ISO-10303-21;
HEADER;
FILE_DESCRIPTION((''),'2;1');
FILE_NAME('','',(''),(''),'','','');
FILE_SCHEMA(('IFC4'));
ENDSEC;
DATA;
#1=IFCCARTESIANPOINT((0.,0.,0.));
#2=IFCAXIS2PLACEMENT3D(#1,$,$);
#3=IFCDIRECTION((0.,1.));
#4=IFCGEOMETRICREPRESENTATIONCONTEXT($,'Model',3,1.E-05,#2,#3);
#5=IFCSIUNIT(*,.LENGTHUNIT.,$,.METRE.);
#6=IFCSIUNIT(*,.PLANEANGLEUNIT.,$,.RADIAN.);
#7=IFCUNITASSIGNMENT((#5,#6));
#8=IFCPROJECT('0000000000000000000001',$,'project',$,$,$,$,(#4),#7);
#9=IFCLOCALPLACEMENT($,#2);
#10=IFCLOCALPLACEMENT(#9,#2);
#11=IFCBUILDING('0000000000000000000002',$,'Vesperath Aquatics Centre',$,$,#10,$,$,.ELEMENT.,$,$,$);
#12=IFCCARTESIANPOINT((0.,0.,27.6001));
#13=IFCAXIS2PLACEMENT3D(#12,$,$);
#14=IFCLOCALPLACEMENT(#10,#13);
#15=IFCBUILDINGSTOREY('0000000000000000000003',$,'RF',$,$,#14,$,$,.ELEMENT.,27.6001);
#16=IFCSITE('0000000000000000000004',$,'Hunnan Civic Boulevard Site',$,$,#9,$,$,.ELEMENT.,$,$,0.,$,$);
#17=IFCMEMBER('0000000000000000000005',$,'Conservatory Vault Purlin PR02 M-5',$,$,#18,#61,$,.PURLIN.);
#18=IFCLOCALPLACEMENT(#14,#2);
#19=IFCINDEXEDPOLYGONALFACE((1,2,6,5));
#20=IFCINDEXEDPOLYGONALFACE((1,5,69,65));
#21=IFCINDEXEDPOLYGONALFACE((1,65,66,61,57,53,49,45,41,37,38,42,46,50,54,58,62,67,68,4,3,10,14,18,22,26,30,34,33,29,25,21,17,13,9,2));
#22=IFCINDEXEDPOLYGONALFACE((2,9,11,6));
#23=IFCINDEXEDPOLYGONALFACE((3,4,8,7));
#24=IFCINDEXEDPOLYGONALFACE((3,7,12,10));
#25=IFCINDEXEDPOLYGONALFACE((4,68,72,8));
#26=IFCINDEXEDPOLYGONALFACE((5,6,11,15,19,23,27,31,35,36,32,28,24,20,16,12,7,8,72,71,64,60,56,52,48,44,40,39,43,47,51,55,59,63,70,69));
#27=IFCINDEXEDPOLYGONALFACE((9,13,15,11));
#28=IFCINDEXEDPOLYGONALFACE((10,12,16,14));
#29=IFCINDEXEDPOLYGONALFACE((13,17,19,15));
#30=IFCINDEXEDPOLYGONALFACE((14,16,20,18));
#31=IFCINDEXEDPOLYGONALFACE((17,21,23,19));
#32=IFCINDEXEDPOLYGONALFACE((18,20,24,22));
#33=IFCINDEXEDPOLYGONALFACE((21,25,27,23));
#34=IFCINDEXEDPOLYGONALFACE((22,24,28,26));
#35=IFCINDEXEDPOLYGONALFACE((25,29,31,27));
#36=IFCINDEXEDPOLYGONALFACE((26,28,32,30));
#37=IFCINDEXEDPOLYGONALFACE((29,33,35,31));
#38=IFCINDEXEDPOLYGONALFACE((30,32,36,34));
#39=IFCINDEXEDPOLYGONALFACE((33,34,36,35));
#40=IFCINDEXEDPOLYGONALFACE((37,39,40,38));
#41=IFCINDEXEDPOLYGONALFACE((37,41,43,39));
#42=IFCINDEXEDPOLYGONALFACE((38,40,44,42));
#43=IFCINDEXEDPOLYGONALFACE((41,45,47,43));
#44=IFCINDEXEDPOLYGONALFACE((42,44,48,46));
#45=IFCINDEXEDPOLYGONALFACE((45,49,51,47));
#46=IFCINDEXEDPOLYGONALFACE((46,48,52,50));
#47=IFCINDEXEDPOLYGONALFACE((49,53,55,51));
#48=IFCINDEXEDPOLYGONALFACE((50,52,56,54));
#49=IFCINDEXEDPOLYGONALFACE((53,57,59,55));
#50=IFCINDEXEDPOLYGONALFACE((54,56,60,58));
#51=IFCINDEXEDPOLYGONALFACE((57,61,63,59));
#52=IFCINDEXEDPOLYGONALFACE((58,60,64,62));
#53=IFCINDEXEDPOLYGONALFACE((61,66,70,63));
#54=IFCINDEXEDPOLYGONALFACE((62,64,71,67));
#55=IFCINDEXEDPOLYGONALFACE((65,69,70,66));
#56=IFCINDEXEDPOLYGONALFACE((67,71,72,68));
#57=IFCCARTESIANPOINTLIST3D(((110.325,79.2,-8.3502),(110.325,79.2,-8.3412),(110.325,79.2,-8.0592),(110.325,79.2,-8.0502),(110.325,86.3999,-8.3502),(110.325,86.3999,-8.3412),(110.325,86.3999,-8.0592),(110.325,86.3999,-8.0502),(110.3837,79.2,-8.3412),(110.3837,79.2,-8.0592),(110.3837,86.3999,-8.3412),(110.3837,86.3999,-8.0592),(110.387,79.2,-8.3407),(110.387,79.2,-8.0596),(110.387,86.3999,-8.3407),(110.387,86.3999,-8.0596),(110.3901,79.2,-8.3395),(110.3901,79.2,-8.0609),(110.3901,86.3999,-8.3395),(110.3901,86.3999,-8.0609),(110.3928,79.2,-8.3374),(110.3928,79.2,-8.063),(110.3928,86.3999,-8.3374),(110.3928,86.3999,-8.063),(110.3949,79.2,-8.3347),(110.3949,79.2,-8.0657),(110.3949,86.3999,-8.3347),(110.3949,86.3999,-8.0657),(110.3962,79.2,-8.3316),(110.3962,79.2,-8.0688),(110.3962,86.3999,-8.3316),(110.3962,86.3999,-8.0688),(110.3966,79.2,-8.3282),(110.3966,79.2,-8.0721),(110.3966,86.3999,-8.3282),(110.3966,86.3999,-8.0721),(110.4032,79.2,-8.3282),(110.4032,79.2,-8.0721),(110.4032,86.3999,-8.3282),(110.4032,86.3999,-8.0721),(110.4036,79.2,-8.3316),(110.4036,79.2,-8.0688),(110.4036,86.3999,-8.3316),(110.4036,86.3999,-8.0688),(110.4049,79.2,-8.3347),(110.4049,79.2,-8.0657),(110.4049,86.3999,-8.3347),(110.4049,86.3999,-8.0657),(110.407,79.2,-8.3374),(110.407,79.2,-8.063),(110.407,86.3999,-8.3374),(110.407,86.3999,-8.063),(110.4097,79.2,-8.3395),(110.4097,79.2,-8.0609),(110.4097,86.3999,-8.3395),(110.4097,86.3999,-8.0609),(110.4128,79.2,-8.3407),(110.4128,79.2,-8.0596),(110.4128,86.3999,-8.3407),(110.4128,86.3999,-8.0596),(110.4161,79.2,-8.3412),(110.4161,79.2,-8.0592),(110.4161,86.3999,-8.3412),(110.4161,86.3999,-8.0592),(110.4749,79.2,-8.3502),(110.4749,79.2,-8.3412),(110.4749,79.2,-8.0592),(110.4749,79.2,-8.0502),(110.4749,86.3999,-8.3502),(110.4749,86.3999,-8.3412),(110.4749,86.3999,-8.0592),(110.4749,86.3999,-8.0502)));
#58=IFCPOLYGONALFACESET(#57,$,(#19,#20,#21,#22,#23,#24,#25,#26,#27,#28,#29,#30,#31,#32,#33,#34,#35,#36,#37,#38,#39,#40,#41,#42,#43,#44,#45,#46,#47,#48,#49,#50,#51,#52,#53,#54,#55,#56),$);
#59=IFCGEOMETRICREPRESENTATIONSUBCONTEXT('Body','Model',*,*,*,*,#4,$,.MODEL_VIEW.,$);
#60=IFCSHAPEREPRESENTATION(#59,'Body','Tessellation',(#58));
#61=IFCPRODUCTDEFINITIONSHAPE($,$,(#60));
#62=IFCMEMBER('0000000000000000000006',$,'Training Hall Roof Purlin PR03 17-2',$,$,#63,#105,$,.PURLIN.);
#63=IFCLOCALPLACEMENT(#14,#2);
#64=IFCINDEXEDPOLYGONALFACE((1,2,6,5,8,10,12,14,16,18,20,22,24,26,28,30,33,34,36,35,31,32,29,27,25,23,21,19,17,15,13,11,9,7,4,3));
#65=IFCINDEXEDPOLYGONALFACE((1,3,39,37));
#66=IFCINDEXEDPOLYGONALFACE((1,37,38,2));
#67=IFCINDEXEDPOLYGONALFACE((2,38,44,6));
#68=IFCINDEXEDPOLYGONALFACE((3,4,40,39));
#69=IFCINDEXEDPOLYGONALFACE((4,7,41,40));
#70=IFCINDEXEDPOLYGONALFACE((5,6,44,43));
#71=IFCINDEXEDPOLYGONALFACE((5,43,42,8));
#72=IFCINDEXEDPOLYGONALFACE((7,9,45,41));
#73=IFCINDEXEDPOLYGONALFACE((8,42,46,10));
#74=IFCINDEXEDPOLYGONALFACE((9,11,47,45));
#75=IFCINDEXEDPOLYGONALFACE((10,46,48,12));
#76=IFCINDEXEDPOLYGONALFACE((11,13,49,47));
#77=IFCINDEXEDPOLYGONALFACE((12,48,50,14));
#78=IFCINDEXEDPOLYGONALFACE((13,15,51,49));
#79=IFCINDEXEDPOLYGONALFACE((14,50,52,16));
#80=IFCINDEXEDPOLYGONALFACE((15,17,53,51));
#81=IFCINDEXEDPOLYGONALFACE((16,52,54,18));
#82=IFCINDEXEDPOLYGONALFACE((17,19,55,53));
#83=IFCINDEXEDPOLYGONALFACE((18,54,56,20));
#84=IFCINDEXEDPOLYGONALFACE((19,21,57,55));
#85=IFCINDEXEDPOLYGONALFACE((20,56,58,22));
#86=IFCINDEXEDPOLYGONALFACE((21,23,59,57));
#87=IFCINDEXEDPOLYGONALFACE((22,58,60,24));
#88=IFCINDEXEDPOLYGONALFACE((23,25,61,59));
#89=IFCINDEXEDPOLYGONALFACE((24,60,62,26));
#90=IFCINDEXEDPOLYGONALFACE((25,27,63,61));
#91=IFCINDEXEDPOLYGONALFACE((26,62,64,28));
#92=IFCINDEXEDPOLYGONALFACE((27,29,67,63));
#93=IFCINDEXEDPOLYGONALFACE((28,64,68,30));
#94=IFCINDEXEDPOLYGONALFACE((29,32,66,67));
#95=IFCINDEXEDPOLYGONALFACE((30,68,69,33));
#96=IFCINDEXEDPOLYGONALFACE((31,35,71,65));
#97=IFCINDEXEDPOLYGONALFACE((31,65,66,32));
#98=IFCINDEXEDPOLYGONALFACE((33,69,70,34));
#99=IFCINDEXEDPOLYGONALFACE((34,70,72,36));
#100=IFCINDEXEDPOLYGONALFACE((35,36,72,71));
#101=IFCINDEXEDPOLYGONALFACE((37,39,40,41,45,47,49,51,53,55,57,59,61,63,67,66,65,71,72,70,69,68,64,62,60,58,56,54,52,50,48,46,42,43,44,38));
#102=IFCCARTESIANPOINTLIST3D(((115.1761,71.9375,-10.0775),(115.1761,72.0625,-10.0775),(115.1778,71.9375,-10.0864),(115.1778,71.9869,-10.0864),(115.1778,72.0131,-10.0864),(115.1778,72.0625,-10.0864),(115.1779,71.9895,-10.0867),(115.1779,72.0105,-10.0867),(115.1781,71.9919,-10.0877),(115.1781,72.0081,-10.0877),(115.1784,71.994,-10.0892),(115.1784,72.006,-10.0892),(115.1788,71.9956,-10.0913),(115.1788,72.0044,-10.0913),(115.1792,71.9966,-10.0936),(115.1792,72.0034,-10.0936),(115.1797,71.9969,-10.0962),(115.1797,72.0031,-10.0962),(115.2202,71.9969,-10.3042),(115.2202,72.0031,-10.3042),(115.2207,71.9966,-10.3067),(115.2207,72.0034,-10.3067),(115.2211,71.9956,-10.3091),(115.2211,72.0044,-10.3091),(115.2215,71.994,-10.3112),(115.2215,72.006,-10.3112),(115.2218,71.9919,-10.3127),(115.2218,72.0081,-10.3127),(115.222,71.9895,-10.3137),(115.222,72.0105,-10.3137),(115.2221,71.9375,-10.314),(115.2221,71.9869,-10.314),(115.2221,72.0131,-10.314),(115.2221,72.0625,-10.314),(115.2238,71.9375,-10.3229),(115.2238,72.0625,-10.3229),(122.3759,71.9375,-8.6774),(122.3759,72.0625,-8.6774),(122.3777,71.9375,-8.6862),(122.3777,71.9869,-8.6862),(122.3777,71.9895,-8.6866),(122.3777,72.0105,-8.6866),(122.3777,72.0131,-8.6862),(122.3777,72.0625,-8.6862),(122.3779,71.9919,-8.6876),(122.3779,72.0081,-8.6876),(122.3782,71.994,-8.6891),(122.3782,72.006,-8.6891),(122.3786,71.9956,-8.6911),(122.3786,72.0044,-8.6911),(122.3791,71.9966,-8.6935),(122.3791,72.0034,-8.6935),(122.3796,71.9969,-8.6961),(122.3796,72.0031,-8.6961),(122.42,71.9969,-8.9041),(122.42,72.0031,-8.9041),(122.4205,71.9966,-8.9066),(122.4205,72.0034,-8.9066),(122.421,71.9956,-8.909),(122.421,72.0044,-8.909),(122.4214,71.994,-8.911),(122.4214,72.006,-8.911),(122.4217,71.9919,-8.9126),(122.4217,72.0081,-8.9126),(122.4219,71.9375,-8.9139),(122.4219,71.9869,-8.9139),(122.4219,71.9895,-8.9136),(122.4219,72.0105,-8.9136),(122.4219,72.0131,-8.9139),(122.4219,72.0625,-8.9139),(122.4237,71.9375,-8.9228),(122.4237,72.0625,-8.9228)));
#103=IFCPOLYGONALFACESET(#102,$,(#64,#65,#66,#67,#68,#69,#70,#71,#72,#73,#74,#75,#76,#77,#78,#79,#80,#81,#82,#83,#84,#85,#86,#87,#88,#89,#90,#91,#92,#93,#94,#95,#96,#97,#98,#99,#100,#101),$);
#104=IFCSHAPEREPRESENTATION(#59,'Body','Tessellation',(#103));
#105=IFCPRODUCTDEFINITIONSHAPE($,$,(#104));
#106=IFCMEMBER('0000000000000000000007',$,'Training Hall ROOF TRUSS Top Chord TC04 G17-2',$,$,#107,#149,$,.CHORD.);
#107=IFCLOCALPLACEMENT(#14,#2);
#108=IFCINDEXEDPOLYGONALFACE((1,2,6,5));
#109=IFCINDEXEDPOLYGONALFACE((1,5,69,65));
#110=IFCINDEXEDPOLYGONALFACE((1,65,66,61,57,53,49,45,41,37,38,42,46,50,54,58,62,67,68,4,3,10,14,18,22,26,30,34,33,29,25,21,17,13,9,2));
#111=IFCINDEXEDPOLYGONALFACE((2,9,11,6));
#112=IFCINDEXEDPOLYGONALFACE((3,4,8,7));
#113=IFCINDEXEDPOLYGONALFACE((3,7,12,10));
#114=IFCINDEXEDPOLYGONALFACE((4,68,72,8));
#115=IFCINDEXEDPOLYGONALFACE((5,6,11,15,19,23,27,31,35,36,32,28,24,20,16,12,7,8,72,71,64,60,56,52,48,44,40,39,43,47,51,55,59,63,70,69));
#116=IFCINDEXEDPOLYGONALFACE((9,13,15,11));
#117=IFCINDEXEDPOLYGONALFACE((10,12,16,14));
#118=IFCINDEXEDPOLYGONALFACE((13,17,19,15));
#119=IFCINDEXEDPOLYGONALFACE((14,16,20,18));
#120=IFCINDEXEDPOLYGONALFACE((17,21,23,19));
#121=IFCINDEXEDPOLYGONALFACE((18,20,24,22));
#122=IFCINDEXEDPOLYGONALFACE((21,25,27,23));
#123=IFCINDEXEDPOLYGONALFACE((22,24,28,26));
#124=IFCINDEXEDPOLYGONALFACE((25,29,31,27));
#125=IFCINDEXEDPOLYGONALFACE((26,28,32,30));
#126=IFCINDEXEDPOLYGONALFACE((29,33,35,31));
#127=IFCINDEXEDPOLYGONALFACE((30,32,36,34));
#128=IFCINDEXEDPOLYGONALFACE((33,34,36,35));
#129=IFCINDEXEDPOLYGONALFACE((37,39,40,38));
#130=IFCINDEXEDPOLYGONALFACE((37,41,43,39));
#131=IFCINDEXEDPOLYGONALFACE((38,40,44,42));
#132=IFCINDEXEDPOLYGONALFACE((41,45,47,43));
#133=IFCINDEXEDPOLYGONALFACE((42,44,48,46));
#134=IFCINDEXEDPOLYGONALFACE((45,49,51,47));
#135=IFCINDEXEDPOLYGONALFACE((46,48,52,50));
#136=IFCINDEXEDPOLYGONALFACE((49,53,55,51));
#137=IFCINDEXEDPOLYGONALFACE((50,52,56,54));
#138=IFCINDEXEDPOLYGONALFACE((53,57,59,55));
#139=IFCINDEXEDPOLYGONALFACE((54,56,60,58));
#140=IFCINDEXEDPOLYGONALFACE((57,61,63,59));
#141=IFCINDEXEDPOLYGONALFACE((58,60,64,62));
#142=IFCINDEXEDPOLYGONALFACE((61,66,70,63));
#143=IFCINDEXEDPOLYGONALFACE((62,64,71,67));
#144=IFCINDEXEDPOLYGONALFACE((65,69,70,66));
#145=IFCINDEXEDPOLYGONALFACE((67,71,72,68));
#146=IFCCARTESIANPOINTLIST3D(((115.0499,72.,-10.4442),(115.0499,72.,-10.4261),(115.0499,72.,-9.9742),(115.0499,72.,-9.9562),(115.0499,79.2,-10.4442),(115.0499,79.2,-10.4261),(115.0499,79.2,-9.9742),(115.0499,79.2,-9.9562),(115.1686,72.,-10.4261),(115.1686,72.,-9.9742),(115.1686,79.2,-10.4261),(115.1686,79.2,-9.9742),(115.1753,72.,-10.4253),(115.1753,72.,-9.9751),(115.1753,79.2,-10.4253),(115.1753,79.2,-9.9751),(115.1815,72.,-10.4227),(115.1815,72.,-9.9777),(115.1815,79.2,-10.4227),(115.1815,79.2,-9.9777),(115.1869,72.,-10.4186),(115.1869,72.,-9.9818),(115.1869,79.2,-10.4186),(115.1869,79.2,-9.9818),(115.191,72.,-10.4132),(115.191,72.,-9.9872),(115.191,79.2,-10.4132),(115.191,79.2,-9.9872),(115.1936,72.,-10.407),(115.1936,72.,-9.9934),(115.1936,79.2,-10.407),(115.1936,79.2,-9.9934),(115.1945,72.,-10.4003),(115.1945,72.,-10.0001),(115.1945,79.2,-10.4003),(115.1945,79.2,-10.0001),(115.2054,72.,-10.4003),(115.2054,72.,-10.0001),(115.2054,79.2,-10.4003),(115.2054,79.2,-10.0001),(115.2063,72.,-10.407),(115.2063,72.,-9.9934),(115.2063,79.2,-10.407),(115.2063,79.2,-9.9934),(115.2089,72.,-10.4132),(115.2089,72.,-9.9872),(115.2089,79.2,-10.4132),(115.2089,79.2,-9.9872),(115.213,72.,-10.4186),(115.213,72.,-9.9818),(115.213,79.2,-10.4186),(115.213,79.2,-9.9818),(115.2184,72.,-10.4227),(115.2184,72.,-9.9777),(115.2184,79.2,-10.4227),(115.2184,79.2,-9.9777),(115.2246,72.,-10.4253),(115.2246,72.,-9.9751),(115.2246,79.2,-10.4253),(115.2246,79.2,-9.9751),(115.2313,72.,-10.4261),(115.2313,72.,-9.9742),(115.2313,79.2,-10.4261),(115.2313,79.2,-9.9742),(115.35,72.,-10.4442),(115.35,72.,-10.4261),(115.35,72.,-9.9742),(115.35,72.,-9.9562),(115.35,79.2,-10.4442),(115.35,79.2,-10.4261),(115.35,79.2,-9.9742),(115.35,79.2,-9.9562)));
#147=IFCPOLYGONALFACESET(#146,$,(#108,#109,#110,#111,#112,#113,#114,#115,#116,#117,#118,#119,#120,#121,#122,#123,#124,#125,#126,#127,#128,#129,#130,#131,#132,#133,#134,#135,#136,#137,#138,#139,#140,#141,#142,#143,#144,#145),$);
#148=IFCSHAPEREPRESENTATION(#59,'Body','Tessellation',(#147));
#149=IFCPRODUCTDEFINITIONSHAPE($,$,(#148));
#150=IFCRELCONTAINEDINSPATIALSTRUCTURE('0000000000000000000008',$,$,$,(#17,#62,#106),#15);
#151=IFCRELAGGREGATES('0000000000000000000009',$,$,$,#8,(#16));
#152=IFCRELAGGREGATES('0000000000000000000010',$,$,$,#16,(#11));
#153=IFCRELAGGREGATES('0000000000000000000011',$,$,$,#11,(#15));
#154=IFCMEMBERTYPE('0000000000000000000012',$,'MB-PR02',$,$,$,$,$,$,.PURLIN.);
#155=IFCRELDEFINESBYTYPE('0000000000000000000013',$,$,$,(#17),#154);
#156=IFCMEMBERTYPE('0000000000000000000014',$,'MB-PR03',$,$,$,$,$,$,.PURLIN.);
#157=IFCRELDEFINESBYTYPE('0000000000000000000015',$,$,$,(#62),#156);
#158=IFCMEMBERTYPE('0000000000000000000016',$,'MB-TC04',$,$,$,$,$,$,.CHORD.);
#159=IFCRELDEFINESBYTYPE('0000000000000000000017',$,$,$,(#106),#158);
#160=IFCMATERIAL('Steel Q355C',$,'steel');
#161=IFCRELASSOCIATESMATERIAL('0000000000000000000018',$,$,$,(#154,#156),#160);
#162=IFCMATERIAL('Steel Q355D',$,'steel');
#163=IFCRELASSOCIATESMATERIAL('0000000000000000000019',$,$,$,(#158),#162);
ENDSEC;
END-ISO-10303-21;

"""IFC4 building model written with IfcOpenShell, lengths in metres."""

from ifc_helpers import new_model, si_unit, direction, frame, origin, origin_2d, place, context, subcontext, project, spatial, i_section, extrude, material, material_profile, profile_set, type_object, element, save


model = new_model("IFC4")

# Units and contexts
model_context = context("Model", 3, precision=1e-05, world=origin(), true_north=direction((0.0, 1.0)))
body_context = subcontext(model_context, "Body", "Model", "MODEL_VIEW")
ifc_project = project(units=[si_unit("LENGTHUNIT", "METRE"), si_unit("PLANEANGLEUNIT", "RADIAN")], contexts=[model_context])

# Site, building, storey
site_placement = place(None, origin())
site = spatial("IfcSite", under=ifc_project, at=site_placement, Name="Hunnan Civic Boulevard Site", CompositionType="ELEMENT", RefElevation=0.0)
building_placement = place(site_placement, origin())
building = spatial("IfcBuilding", under=site, at=building_placement, Name="Vesperath Aquatics Centre", CompositionType="ELEMENT")
storey_placement = place(building_placement, frame((0.0, 0.0, 27.6001)))
storey = spatial("IfcBuildingStorey", under=building, at=storey_placement, Name="RF", CompositionType="ELEMENT", Elevation=27.6001)

# Shared definitions
ifc_material_1 = material(Name="Steel Q355C", Category="steel")

# Members
ifc_material_2 = material(Name="Steel Q355D", Category="steel")
ifc_material_profile_1 = material_profile(ifc_material_1, i_section(OverallWidth=0.1499, OverallDepth=0.3, WebThickness=0.0066, FlangeThickness=0.009, FilletRadius=0.0129, at=origin_2d()), Name="HN 300x150x6.5x9")
ifc_profile_set_1 = profile_set([ifc_material_profile_1], Name="Steel Q355C")
member_type_1 = type_object("IfcMemberType", Name="MB-PR02", PredefinedType="PURLIN", material=ifc_profile_set_1)
for number, where, z_axis, x_axis, name in (
    (1, (110.3999, 79.2, -8.2002), (0.0, 1.0, 0.0), (-1.0, 0.0, 0.0), "Conservatory Vault Purlin PR02 M-5"),
):
    element("IfcMember", number, at=place(storey_placement, frame(where, z_axis=z_axis, x_axis=x_axis)), inside=storey, type_object=member_type_1, Name=name, PredefinedType="PURLIN", context=body_context, shape_type="SweptSolid", body=[
        extrude(i_section(OverallWidth=0.1499, OverallDepth=0.3, WebThickness=0.0066, FlangeThickness=0.009, FilletRadius=0.0129, at=origin_2d()), origin(), (0.0, 0.0, 1.0), 7.2),
    ])
ifc_material_profile_2 = material_profile(ifc_material_1, i_section(OverallWidth=0.125, OverallDepth=0.25, WebThickness=0.0061, FlangeThickness=0.009, FilletRadius=0.01, at=origin_2d()), Name="HN 250x125x6x9")
ifc_profile_set_2 = profile_set([ifc_material_profile_2], Name="Steel Q355C")
member_type_2 = type_object("IfcMemberType", Name="MB-PR03", PredefinedType="PURLIN", material=ifc_profile_set_2)
member_1_placement = place(storey_placement, frame((115.2, 72.0, -10.2002), z_axis=(0.981611, 0.0, 0.19089), x_axis=(0.0, 1.0, 0.0)))
element("IfcMember", 2, at=member_1_placement, inside=storey, type_object=member_type_2, Name="Training Hall Roof Purlin PR03 17-2", PredefinedType="PURLIN", context=body_context, shape_type="SweptSolid", body=[
    extrude(i_section(OverallWidth=0.125, OverallDepth=0.25, WebThickness=0.0061, FlangeThickness=0.009, FilletRadius=0.01, at=origin_2d()), origin(), (0.0, 0.0, 1.0), 7.3347),
])
ifc_material_profile_3 = material_profile(ifc_material_2, i_section(OverallWidth=0.3, OverallDepth=0.488, WebThickness=0.011, FlangeThickness=0.0181, FilletRadius=0.0259, at=origin_2d()), Name="HM 488x300x11x18")
ifc_profile_set_3 = profile_set([ifc_material_profile_3], Name="Steel Q355D")
member_type_3 = type_object("IfcMemberType", Name="MB-TC04", PredefinedType="CHORD", material=ifc_profile_set_3)
member_2_placement = place(storey_placement, frame((115.2, 72.0, -10.2002), z_axis=(0.0, 1.0, 0.0), x_axis=(-1.0, 0.0, 0.0)))
element("IfcMember", 3, at=member_2_placement, inside=storey, type_object=member_type_3, Name="Training Hall ROOF TRUSS Top Chord TC04 G17-2", PredefinedType="CHORD", context=body_context, shape_type="SweptSolid", body=[
    extrude(i_section(OverallWidth=0.3, OverallDepth=0.488, WebThickness=0.011, FlangeThickness=0.0181, FilletRadius=0.0259, at=origin_2d()), origin(), (0.0, 0.0, 1.0), 7.2),
])

save(model, "model.ifc")
